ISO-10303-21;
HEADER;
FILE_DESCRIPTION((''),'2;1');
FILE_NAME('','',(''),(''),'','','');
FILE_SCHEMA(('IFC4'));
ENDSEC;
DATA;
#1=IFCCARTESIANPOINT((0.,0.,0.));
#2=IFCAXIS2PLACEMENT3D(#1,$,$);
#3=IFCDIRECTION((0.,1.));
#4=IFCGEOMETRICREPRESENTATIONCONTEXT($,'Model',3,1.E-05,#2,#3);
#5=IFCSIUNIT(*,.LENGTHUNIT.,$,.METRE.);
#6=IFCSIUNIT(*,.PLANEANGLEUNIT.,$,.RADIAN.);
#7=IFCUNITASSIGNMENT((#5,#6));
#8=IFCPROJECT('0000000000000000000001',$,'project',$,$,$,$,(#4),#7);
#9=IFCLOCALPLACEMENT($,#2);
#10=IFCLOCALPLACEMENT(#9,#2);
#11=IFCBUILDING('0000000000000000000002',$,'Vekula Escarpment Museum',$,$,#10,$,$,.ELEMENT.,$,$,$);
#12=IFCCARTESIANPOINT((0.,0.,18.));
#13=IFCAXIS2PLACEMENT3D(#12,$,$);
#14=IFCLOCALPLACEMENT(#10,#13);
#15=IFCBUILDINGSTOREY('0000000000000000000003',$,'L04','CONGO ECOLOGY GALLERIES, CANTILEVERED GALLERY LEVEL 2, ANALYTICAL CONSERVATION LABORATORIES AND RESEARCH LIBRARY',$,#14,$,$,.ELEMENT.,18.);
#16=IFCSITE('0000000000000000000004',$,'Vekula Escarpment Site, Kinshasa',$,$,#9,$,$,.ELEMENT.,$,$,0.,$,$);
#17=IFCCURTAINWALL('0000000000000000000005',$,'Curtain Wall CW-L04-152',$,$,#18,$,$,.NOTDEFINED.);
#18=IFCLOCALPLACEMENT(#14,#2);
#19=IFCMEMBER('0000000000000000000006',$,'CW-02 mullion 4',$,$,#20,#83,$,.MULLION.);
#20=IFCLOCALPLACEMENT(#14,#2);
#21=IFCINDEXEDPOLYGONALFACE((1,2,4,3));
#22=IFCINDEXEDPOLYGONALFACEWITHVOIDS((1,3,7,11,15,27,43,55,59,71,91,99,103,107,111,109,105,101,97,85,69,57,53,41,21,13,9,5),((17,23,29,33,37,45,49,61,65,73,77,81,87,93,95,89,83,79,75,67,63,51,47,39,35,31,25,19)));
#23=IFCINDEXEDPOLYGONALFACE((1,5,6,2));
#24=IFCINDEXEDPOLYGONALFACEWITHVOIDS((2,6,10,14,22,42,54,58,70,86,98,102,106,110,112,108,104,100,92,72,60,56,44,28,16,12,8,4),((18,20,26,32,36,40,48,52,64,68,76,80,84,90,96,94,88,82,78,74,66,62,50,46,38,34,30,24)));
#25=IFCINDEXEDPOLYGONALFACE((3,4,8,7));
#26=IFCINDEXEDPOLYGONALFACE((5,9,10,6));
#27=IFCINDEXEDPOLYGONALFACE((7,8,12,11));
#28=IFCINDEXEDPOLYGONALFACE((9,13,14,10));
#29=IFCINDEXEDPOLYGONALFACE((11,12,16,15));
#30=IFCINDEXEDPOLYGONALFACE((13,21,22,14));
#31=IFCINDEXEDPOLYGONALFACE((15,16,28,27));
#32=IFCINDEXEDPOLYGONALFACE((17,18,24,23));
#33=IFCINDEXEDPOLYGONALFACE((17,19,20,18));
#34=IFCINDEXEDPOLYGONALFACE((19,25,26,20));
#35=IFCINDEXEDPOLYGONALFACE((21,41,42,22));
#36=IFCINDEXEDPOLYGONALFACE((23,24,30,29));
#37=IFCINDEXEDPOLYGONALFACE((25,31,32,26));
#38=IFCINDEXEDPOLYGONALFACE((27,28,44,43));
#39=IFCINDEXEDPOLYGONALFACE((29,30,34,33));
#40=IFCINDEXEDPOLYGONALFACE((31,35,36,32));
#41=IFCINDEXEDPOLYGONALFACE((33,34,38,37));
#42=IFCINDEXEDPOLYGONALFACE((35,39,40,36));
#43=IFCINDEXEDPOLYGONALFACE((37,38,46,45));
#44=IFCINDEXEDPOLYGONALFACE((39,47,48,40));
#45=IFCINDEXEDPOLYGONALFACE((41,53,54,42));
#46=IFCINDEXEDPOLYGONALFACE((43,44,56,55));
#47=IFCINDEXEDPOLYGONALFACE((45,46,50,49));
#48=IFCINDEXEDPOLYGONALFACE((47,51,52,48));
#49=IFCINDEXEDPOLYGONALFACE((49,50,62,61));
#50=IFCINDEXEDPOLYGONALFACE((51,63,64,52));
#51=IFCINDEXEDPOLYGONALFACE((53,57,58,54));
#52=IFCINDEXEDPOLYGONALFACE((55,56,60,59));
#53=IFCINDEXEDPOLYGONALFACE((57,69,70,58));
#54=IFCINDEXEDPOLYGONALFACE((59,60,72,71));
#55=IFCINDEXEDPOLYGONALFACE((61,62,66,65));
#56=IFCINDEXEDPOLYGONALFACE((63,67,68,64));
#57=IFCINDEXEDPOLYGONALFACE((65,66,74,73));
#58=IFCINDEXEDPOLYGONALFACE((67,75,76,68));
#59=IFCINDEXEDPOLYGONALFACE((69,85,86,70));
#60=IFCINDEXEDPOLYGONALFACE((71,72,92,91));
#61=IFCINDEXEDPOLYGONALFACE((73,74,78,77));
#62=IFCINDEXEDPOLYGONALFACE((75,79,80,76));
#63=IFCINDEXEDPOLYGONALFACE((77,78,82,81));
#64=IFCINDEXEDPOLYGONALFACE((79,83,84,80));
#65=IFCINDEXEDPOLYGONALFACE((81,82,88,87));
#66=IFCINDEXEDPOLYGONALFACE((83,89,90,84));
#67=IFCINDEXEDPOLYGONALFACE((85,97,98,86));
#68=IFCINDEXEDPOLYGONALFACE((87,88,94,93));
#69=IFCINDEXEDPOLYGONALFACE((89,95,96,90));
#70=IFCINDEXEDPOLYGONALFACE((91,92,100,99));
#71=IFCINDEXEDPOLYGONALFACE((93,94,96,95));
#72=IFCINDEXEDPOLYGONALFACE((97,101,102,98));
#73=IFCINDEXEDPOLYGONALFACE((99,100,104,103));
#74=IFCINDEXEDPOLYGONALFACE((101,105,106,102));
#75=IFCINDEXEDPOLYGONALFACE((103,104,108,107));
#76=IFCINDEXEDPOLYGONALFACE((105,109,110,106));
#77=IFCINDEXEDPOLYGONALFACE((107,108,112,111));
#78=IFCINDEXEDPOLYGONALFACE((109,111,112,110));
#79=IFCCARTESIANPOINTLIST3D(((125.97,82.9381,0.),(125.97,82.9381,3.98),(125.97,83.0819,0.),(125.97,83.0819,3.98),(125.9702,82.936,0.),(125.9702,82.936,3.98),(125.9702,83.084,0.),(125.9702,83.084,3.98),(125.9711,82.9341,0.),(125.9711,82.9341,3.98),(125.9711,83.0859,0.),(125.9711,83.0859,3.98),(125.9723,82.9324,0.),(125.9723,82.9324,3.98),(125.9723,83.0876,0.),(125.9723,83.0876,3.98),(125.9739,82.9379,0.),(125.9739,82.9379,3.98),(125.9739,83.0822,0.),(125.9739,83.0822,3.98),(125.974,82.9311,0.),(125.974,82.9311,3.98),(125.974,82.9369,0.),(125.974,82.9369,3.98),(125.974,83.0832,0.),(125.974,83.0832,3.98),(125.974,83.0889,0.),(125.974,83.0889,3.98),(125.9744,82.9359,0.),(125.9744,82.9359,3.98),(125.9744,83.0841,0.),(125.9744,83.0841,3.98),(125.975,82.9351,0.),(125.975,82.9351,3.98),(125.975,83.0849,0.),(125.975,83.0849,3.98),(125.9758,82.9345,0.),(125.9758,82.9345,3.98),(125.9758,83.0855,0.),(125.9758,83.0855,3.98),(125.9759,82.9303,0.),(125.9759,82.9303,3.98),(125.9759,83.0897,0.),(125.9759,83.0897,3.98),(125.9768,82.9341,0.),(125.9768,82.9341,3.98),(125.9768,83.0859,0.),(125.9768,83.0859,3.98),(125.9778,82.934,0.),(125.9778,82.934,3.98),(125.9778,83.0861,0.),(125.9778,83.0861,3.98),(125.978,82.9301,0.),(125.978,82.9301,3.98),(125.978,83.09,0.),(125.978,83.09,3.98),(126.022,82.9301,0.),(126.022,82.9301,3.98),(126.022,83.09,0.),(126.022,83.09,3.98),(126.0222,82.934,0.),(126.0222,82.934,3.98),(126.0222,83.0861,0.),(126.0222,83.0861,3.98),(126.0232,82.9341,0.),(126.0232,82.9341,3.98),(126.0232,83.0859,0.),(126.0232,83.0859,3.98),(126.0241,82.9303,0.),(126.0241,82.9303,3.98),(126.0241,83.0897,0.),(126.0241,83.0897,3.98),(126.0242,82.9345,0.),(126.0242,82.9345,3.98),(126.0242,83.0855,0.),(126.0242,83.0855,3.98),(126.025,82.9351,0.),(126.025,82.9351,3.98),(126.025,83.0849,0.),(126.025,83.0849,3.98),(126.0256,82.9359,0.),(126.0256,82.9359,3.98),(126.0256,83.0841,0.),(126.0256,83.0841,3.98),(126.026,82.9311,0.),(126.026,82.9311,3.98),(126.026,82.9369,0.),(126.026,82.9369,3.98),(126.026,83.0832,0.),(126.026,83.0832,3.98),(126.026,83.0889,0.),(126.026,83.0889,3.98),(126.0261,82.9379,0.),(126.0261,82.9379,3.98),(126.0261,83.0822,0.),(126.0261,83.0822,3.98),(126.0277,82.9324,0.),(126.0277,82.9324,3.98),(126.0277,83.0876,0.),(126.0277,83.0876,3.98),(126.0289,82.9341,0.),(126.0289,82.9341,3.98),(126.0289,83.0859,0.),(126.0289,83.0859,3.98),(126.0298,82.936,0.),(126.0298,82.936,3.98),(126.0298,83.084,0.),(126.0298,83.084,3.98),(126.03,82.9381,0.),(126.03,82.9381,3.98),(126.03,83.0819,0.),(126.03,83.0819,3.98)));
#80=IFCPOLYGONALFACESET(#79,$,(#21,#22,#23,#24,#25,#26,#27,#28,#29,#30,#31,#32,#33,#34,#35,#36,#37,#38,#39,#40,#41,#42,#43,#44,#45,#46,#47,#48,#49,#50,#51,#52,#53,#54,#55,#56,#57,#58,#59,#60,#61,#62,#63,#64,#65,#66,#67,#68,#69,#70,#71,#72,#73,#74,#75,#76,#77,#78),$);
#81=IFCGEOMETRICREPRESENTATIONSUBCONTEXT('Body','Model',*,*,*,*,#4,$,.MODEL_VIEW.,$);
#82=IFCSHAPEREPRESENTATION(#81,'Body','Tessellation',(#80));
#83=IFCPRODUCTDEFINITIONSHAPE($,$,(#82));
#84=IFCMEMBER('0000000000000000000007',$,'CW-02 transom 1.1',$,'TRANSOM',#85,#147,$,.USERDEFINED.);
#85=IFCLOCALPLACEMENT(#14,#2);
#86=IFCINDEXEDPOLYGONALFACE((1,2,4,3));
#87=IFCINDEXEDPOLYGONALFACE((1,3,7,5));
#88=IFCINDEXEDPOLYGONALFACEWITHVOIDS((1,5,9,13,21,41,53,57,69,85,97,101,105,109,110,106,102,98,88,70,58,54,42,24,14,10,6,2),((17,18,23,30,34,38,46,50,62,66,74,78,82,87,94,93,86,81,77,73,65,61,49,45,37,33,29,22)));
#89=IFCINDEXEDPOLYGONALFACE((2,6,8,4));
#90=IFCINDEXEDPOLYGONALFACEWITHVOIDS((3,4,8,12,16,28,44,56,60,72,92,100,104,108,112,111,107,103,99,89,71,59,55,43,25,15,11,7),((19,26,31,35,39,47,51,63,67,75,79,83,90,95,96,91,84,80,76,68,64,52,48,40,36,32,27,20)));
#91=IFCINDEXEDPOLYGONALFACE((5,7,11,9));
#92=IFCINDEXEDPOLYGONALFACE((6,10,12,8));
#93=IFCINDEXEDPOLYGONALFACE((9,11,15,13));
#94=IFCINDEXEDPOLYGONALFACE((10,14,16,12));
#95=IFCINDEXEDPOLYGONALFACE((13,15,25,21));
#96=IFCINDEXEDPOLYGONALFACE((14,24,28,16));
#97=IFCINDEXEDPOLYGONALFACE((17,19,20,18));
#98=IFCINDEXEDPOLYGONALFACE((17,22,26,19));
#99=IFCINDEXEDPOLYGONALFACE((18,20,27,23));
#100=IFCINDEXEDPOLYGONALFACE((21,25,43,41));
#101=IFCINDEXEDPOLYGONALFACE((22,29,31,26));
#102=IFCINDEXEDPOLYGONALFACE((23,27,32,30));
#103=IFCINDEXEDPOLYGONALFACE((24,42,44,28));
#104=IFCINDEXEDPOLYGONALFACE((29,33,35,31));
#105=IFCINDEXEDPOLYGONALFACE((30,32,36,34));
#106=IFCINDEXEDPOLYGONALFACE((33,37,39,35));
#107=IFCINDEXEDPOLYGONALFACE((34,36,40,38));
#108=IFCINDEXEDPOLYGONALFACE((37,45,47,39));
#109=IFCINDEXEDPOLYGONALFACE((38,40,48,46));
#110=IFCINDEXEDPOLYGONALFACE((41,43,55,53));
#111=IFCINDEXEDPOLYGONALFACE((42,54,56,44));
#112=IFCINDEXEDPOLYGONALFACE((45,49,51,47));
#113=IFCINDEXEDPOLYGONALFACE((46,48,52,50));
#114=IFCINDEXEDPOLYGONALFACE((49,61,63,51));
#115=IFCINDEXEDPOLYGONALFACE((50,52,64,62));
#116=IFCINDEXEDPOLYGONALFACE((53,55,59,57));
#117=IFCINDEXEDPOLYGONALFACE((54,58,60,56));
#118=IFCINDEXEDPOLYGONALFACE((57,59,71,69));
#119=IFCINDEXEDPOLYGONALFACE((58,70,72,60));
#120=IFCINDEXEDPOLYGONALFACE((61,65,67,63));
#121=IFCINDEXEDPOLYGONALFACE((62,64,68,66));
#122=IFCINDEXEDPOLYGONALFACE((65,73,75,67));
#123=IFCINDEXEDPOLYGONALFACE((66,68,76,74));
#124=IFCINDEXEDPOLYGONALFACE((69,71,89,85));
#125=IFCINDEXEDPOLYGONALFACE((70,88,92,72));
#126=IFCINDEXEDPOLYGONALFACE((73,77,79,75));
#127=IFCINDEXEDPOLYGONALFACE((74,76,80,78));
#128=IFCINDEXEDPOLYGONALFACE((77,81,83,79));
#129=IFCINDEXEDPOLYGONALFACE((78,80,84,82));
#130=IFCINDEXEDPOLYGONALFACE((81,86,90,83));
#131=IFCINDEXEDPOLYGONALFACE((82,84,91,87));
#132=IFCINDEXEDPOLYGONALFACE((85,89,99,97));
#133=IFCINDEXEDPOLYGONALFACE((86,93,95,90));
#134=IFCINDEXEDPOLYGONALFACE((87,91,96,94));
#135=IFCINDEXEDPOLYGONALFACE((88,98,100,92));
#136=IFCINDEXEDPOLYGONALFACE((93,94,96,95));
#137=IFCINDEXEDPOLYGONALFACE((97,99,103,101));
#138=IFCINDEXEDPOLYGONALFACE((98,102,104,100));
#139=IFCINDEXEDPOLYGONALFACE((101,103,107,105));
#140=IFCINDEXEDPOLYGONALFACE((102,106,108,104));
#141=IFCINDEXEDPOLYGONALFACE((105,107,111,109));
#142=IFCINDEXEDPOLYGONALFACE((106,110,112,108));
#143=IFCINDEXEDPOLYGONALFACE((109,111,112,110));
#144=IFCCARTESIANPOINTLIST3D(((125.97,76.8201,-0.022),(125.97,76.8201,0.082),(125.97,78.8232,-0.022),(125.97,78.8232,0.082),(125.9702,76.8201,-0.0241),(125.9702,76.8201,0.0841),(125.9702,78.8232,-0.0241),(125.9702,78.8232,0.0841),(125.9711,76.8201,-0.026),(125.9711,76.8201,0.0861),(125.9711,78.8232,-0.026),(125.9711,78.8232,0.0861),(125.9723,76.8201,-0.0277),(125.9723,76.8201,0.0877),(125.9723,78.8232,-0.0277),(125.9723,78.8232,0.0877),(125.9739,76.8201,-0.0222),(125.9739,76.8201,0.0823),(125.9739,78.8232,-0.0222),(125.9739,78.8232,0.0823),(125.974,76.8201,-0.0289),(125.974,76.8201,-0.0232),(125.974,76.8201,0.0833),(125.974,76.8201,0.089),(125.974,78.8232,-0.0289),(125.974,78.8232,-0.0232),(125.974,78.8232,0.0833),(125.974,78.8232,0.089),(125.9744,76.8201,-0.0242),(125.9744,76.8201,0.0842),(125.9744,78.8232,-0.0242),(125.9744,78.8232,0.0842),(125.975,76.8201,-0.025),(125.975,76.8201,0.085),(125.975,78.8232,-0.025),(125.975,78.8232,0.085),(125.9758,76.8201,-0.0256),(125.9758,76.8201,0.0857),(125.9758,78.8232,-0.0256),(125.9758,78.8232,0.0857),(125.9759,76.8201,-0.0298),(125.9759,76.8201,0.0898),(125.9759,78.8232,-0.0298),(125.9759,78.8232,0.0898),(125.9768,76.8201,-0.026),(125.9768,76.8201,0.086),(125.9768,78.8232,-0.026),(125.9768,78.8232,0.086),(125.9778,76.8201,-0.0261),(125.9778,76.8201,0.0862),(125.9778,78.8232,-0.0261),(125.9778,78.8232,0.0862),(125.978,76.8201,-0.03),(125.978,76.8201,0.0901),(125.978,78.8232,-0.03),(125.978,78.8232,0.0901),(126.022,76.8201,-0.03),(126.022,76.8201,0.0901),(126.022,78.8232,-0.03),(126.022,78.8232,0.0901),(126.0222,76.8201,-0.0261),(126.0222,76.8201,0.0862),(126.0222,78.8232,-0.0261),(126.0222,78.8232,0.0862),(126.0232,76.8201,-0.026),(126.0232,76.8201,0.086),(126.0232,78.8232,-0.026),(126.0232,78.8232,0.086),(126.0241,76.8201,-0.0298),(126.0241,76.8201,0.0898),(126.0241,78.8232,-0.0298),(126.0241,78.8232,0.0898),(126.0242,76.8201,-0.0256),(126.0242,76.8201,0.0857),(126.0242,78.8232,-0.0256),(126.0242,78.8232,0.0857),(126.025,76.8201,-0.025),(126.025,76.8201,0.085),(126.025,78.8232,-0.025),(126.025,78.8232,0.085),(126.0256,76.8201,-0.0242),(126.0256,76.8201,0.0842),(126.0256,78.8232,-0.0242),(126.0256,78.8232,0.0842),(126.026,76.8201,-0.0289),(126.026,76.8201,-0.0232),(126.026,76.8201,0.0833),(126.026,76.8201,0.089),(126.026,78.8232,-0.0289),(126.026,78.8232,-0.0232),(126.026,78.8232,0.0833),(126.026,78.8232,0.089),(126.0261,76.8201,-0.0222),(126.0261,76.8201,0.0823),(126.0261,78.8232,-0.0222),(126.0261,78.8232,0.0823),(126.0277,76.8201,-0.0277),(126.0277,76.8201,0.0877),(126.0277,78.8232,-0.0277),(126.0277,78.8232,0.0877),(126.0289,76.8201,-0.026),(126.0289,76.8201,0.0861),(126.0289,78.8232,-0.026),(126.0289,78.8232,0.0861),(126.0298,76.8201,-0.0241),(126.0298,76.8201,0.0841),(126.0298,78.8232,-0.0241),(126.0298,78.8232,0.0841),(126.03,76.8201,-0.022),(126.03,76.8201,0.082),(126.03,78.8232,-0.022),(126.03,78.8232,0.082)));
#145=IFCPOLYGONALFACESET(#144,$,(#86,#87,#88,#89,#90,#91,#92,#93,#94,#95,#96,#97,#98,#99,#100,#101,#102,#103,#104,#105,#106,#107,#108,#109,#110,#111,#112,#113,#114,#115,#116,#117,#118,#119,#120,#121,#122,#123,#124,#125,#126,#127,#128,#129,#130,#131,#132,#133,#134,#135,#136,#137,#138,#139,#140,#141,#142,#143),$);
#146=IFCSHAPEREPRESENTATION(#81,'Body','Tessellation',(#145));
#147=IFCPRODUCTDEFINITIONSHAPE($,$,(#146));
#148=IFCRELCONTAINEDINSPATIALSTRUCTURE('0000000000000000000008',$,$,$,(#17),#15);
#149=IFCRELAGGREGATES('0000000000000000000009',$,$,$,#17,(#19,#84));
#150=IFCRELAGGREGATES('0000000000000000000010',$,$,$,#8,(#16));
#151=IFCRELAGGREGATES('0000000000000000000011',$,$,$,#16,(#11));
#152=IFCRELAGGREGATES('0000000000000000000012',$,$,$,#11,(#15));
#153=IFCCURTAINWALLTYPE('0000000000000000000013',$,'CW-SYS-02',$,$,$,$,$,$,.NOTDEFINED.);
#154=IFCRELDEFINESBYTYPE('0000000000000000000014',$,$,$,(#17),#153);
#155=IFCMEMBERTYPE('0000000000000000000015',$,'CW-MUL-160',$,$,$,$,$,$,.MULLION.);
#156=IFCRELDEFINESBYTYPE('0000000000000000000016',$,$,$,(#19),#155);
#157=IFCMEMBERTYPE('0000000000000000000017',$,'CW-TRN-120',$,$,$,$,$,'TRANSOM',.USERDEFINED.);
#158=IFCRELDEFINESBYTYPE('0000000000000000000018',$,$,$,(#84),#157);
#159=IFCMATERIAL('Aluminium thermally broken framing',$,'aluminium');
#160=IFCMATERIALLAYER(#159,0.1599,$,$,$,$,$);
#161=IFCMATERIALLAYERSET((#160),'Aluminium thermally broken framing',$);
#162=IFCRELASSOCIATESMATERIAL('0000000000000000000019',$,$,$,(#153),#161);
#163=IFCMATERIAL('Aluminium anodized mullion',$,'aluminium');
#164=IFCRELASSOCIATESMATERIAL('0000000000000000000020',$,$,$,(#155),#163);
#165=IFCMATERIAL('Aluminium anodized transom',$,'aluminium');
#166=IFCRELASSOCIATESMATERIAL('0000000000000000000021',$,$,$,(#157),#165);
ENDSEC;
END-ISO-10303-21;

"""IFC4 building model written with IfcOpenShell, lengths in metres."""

from ifc_helpers import new_model, si_unit, direction, frame, origin, origin_2d, place, context, subcontext, project, spatial, hollow_rectangle, extrude, material, layer, layer_set, material_profile, profile_set, type_object, element, aggregate, save


model = new_model("IFC4")

# Units and contexts
model_context = context("Model", 3, precision=1e-05, world=origin(), true_north=direction((0.0, 1.0)))
body_context = subcontext(model_context, "Body", "Model", "MODEL_VIEW")
ifc_project = project(units=[si_unit("LENGTHUNIT", "METRE"), si_unit("PLANEANGLEUNIT", "RADIAN")], contexts=[model_context])

# Site, building, storey
site_placement = place(None, origin())
site = spatial("IfcSite", under=ifc_project, at=site_placement, Name="Vekula Escarpment Site, Kinshasa", CompositionType="ELEMENT", RefElevation=0.0)
building_placement = place(site_placement, origin())
building = spatial("IfcBuilding", under=site, at=building_placement, Name="Vekula Escarpment Museum", CompositionType="ELEMENT")
storey_placement = place(building_placement, frame((0.0, 0.0, 18.0)))
storey = spatial("IfcBuildingStorey", under=building, at=storey_placement, Name="L04", Description="CONGO ECOLOGY GALLERIES, CANTILEVERED GALLERY LEVEL 2, ANALYTICAL CONSERVATION LABORATORIES AND RESEARCH LIBRARY", CompositionType="ELEMENT", Elevation=18.0)

# Curtain wall, members
ifc_material_1 = material(Name="Aluminium thermally broken framing", Category="aluminium")
ifc_layer_1 = layer(ifc_material_1, 0.1599)
ifc_layer_set_1 = layer_set([ifc_layer_1], Name="Aluminium thermally broken framing")
curtain_wall_type = type_object("IfcCurtainWallType", Name="CW-SYS-02", PredefinedType="NOTDEFINED", material=ifc_layer_set_1)
curtain_wall_placement = place(storey_placement, origin())
curtain_wall = element("IfcCurtainWall", 1, at=curtain_wall_placement, inside=storey, type_object=curtain_wall_type, Name="Curtain Wall CW-L04-152", PredefinedType="NOTDEFINED")
ifc_material_2 = material(Name="Aluminium anodized mullion", Category="aluminium")
ifc_material_profile_1 = material_profile(ifc_material_2, hollow_rectangle(XDim=0.0601, YDim=0.1599, WallThickness=0.0039, InnerFilletRadius=0.0039, OuterFilletRadius=0.0081, at=origin_2d()), Name="ALU 160x60x4")
ifc_profile_set_1 = profile_set([ifc_material_profile_1], Name="Aluminium anodized mullion")
member_type_1 = type_object("IfcMemberType", Name="CW-MUL-160", PredefinedType="MULLION", material=ifc_profile_set_1)
member_1_placement = place(storey_placement, frame((126.0, 83.01, 0.0), z_axis=(0.0, 0.0, 1.0), x_axis=(-1.0, 0.0, 0.0)))
member_1 = element("IfcMember", 2, at=member_1_placement, type_object=member_type_1, Name="CW-02 mullion 4", PredefinedType="MULLION", context=body_context, shape_type="SweptSolid", body=[
    extrude(hollow_rectangle(XDim=0.0601, YDim=0.1599, WallThickness=0.0039, InnerFilletRadius=0.0039, OuterFilletRadius=0.0081, at=origin_2d()), origin(), (0.0, 0.0, 1.0), 3.98),
])
ifc_material_3 = material(Name="Aluminium anodized transom", Category="aluminium")
ifc_material_profile_2 = material_profile(ifc_material_3, hollow_rectangle(XDim=0.0601, YDim=0.1201, WallThickness=0.0039, InnerFilletRadius=0.0039, OuterFilletRadius=0.0081, at=origin_2d()), Name="ALU 120x60x4")
ifc_profile_set_2 = profile_set([ifc_material_profile_2], Name="Aluminium anodized transom")
member_type_2 = type_object("IfcMemberType", Name="CW-TRN-120", ElementType="TRANSOM", PredefinedType="USERDEFINED", material=ifc_profile_set_2)
member_2_placement = place(storey_placement, frame((126.0, 76.8201, 0.03), z_axis=(0.0, 1.0, 0.0), x_axis=(-1.0, 0.0, 0.0)))
member_2 = element("IfcMember", 3, at=member_2_placement, type_object=member_type_2, Name="CW-02 transom 1.1", ObjectType="TRANSOM", PredefinedType="USERDEFINED", context=body_context, shape_type="SweptSolid", body=[
    extrude(hollow_rectangle(XDim=0.0601, YDim=0.1201, WallThickness=0.0039, InnerFilletRadius=0.0039, OuterFilletRadius=0.0081, at=origin_2d()), origin(), (0.0, 0.0, 1.0), 2.0032),
])

aggregate(curtain_wall, [member_1, member_2])

save(model, "model.ifc")
